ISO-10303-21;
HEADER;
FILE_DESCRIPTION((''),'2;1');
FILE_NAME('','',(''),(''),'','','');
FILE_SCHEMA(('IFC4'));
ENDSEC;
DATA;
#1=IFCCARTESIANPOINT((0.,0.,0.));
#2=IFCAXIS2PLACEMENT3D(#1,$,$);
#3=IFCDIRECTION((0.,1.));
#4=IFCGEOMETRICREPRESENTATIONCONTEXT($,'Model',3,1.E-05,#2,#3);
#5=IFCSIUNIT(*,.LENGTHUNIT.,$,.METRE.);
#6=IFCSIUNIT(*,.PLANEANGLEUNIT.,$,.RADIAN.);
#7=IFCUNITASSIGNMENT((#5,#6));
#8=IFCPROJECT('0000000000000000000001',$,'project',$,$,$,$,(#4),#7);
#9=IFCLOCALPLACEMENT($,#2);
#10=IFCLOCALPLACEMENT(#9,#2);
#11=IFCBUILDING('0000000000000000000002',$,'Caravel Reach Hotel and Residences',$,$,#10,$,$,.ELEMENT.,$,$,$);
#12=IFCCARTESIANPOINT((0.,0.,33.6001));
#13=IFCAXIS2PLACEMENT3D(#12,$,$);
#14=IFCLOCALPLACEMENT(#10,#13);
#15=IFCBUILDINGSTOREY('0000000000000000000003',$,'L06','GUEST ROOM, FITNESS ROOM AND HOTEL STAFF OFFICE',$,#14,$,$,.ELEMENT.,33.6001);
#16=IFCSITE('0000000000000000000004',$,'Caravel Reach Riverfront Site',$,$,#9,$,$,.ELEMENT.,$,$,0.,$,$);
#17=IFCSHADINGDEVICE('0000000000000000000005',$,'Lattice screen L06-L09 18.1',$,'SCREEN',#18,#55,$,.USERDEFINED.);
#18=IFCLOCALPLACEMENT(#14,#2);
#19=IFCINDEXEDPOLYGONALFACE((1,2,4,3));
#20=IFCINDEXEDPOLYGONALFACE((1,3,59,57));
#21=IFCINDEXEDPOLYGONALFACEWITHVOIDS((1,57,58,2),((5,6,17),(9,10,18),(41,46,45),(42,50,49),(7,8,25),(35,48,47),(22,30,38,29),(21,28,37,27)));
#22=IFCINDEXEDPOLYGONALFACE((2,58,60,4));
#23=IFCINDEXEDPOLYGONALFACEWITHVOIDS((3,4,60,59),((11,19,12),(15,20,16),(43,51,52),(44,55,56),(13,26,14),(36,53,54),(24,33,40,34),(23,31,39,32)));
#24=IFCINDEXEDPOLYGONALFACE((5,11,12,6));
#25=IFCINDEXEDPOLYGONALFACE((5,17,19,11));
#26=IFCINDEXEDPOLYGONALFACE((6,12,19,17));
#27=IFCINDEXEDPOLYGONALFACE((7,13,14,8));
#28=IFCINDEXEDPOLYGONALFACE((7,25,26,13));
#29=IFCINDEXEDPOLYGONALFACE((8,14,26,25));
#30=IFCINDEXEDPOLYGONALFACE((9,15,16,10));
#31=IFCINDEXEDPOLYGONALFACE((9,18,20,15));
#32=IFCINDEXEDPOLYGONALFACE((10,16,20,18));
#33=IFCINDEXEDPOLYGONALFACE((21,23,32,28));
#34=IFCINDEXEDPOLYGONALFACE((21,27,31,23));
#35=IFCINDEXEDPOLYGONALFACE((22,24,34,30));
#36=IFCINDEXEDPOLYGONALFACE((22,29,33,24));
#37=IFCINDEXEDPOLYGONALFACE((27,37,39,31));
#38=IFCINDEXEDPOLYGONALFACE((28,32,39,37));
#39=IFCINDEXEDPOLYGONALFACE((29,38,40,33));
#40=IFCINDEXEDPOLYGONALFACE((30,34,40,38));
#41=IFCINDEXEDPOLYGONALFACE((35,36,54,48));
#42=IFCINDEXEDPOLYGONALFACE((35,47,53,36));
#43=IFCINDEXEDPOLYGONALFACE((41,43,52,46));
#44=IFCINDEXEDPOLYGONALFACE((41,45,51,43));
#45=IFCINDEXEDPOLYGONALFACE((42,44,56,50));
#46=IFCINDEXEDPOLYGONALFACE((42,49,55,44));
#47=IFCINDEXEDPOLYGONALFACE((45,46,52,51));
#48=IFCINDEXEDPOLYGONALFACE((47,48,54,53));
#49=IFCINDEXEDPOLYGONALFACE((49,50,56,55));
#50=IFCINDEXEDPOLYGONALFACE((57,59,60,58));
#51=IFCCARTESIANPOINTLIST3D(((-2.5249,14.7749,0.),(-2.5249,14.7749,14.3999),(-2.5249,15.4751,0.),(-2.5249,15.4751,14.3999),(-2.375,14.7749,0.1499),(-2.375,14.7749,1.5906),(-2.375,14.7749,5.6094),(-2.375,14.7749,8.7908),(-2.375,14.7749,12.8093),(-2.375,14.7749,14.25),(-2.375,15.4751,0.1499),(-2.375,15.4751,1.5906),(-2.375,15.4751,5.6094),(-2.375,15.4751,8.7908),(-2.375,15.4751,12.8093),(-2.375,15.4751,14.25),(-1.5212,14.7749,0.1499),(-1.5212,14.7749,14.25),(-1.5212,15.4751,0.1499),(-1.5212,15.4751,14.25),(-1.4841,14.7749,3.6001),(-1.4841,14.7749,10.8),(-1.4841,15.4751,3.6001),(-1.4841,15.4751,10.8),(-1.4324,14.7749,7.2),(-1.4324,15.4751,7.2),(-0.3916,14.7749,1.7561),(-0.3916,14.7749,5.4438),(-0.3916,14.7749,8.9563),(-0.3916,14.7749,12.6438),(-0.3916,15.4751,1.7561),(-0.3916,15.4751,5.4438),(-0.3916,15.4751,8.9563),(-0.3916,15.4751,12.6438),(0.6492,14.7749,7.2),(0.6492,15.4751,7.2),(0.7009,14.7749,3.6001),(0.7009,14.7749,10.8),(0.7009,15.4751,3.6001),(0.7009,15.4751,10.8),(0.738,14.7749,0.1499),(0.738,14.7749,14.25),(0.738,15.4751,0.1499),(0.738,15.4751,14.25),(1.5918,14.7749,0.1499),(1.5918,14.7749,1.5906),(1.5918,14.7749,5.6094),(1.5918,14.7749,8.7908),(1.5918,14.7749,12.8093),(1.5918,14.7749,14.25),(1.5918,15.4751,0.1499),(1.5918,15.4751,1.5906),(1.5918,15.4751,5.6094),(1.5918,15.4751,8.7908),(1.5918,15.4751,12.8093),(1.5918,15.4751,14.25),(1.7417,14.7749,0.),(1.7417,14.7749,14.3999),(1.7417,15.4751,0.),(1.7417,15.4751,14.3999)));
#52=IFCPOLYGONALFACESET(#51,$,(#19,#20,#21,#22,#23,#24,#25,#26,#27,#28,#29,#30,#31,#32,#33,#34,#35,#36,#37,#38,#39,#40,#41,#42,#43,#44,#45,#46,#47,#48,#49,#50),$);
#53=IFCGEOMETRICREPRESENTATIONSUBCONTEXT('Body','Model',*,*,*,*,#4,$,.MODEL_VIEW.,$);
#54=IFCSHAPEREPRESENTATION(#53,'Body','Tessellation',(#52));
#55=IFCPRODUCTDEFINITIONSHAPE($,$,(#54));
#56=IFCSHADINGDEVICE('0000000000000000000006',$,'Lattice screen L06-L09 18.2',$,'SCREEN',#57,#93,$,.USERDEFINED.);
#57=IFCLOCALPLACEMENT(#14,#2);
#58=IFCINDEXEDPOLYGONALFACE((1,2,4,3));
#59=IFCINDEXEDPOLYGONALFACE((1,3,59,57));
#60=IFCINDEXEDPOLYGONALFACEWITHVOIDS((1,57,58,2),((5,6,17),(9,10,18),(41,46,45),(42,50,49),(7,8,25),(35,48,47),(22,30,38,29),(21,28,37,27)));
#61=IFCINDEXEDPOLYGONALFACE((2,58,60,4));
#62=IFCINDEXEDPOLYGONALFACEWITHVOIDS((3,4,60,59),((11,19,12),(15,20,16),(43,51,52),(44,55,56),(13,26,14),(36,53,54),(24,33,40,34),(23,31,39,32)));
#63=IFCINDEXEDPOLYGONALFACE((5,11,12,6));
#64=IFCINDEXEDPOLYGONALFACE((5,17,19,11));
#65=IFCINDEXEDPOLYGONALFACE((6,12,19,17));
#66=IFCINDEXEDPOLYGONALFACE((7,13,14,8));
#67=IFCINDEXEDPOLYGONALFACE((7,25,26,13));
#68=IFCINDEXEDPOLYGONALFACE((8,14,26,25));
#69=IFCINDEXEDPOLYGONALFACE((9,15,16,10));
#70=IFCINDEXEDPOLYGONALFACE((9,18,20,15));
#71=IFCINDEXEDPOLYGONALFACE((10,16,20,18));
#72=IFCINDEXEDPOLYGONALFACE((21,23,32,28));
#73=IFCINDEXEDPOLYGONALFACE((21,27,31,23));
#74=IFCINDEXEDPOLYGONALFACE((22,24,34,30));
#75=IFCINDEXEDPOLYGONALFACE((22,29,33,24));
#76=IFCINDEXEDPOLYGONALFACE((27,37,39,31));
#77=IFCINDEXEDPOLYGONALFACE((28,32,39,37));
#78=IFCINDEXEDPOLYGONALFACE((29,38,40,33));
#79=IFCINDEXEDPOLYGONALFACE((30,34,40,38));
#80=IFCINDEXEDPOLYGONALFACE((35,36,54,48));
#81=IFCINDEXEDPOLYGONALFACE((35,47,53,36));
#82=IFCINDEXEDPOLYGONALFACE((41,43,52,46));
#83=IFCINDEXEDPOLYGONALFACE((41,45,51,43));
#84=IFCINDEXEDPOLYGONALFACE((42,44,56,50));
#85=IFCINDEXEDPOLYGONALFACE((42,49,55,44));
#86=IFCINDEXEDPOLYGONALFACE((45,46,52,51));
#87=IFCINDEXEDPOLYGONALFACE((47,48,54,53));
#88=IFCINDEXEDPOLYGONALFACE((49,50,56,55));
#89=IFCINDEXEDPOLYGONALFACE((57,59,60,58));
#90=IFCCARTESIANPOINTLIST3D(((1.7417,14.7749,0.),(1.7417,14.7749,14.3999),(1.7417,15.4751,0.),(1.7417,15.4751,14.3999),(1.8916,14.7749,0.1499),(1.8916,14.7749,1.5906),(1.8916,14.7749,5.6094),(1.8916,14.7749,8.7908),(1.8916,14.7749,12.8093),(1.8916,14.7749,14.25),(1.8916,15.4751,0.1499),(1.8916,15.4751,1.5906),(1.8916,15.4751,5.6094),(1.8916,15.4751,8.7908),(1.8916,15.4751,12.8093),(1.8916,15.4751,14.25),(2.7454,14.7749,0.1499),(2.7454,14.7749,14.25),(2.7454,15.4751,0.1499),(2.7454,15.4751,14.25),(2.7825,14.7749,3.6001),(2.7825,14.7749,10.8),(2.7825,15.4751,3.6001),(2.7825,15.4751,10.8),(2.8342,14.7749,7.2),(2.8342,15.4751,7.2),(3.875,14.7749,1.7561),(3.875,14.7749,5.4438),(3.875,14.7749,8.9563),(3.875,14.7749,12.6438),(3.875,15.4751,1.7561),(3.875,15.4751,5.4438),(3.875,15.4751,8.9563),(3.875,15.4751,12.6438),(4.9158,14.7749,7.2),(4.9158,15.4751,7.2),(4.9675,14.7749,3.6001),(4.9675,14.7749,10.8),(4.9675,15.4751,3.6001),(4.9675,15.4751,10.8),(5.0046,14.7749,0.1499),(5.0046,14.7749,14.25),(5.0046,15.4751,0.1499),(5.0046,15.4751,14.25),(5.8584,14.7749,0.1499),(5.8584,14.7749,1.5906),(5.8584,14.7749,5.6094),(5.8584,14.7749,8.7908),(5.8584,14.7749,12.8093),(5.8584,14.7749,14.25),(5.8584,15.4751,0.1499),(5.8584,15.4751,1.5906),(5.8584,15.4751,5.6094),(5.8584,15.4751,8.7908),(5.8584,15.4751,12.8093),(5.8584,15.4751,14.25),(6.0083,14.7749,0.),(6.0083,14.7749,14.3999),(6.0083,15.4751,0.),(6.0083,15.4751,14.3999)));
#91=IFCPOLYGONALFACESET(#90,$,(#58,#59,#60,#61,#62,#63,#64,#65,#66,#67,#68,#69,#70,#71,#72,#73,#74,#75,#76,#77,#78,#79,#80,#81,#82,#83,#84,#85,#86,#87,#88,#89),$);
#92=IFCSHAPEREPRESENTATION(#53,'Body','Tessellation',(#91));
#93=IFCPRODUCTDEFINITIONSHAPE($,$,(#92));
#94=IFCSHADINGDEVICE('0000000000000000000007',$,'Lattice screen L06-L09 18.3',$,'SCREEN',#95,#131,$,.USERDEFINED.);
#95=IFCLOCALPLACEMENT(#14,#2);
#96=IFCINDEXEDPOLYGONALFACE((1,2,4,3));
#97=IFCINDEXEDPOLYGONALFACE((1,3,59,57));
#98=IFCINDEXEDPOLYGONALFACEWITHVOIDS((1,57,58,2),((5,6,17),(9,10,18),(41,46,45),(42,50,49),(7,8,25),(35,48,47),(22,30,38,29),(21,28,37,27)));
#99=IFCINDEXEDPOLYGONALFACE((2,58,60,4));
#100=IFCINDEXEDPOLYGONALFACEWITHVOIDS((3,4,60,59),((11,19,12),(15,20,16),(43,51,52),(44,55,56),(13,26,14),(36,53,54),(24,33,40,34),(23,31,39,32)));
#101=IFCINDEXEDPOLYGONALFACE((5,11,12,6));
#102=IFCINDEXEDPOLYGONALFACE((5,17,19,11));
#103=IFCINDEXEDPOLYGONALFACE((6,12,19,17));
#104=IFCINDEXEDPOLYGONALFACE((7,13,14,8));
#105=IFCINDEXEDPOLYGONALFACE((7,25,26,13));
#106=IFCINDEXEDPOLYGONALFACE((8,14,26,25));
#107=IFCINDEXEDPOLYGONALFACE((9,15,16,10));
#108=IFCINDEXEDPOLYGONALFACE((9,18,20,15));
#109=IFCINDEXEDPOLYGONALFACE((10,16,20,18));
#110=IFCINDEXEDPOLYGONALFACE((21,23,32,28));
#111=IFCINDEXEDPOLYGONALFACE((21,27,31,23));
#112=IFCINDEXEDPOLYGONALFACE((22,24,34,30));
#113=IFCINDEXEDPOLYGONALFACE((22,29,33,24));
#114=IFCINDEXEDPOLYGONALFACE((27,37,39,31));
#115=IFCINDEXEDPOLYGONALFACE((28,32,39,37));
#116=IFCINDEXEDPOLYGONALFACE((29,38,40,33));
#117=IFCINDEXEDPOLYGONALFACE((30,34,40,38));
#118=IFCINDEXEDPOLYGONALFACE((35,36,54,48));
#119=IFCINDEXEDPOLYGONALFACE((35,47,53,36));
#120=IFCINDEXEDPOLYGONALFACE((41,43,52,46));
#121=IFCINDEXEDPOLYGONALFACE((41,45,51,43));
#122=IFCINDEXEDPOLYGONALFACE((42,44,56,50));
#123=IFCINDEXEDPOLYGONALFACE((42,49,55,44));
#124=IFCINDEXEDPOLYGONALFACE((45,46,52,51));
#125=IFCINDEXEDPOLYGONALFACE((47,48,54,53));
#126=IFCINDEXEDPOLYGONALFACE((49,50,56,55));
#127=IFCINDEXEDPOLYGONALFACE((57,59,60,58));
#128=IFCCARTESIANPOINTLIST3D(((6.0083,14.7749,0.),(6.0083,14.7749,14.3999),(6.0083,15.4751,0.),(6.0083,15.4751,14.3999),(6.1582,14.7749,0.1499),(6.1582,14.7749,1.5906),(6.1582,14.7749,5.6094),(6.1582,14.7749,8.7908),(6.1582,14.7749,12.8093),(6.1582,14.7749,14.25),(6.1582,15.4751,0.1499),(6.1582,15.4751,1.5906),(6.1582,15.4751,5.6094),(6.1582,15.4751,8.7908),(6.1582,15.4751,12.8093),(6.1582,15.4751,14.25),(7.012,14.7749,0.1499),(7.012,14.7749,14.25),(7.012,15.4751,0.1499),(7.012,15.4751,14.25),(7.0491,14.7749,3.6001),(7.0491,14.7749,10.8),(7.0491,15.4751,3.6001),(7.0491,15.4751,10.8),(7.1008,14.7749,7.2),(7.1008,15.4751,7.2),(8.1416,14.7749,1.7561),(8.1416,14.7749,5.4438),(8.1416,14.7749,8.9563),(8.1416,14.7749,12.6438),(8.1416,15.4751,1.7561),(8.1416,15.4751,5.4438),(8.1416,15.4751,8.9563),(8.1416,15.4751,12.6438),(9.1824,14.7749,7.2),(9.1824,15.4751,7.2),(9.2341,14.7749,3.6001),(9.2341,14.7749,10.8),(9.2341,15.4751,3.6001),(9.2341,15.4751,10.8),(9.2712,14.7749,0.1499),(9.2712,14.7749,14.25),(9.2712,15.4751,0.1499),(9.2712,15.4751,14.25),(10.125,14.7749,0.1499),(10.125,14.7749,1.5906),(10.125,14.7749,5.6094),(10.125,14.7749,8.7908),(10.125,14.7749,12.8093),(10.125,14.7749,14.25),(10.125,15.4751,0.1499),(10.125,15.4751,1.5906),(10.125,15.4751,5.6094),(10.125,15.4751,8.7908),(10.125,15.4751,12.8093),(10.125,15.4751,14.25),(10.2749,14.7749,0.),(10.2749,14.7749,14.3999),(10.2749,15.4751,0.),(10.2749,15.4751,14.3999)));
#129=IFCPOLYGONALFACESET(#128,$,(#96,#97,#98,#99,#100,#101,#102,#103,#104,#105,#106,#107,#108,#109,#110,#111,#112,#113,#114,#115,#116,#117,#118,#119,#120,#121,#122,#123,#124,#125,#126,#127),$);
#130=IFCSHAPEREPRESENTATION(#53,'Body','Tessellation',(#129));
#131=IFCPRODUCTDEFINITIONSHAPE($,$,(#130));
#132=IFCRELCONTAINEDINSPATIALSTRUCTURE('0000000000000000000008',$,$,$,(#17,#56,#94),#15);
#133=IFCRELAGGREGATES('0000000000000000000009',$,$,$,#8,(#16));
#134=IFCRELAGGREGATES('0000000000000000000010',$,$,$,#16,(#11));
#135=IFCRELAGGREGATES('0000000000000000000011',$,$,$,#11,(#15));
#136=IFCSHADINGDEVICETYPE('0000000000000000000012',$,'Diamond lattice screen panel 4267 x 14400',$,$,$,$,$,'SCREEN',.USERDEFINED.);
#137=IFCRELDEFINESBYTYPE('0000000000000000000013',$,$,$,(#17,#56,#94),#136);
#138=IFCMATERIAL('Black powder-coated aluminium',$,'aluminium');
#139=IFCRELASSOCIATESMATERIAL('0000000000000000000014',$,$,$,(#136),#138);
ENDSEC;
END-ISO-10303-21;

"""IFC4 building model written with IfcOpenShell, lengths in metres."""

from ifc_helpers import new_model, si_unit, direction, frame, origin, place, context, subcontext, project, spatial, polyline, outline, extrude, material, type_object, element, save


model = new_model("IFC4")

# Units and contexts
model_context = context("Model", 3, precision=1e-05, world=origin(), true_north=direction((0.0, 1.0)))
body_context = subcontext(model_context, "Body", "Model", "MODEL_VIEW")
ifc_project = project(units=[si_unit("LENGTHUNIT", "METRE"), si_unit("PLANEANGLEUNIT", "RADIAN")], contexts=[model_context])

# Site, building, storey
site_placement = place(None, origin())
site = spatial("IfcSite", under=ifc_project, at=site_placement, Name="Caravel Reach Riverfront Site", CompositionType="ELEMENT", RefElevation=0.0)
building_placement = place(site_placement, origin())
building = spatial("IfcBuilding", under=site, at=building_placement, Name="Caravel Reach Hotel and Residences", CompositionType="ELEMENT")
storey_placement = place(building_placement, frame((0.0, 0.0, 33.6001)))
storey = spatial("IfcBuildingStorey", under=building, at=storey_placement, Name="L06", Description="GUEST ROOM, FITNESS ROOM AND HOTEL STAFF OFFICE", CompositionType="ELEMENT", Elevation=33.6001)

# Shading devices
ifc_material_1 = material(Name="Black powder-coated aluminium", Category="aluminium")
shading_device_type_1 = type_object("IfcShadingDeviceType", Name="Diamond lattice screen panel 4267 x 14400", ElementType="SCREEN", PredefinedType="USERDEFINED", material=ifc_material_1)
for number, where, z_axis, x_axis, name in (
    (1, (-2.5249, 15.4751, 0.0), (0.0, -1.0, 0.0), (1.0, 0.0, 0.0), "Lattice screen L06-L09 18.1"),
    (2, (1.7417, 15.4751, 0.0), (0.0, -1.0, 0.0), (1.0, 0.0, 0.0), "Lattice screen L06-L09 18.2"),
    (3, (6.0083, 15.4751, 0.0), (0.0, -1.0, 0.0), (1.0, 0.0, 0.0), "Lattice screen L06-L09 18.3"),
):
    element("IfcShadingDevice", number, at=place(storey_placement, frame(where, z_axis=z_axis, x_axis=x_axis)), inside=storey, type_object=shading_device_type_1, Name=name, ObjectType="SCREEN", PredefinedType="USERDEFINED", context=body_context, shape_type="SweptSolid", body=[
        extrude(outline(polyline([(0.0, 0.0), (4.2666, 0.0), (4.2666, 14.3999), (0.0, 14.3999), (0.0, 0.0)]), holes=[polyline([(1.0037, 0.1499), (0.1499, 1.5906), (0.1499, 0.1499), (1.0037, 0.1499)]), polyline([(1.0925, 7.2), (0.1499, 8.7908), (0.1499, 5.6094), (1.0925, 7.2)]), polyline([(0.1499, 12.8093), (1.0037, 14.25), (0.1499, 14.25), (0.1499, 12.8093)]), polyline([(2.1333, 5.4438), (1.0408, 3.6001), (2.1333, 1.7561), (3.2258, 3.6001), (2.1333, 5.4438)]), polyline([(2.1333, 12.6438), (1.0408, 10.8), (2.1333, 8.9563), (3.2258, 10.8), (2.1333, 12.6438)]), polyline([(4.1167, 1.5906), (3.2629, 0.1499), (4.1167, 0.1499), (4.1167, 1.5906)]), polyline([(3.1741, 7.2), (4.1167, 5.6094), (4.1167, 8.7908), (3.1741, 7.2)]), polyline([(3.2629, 14.25), (4.1167, 12.8093), (4.1167, 14.25), (3.2629, 14.25)])]), origin(), (0.0, 0.0, 1.0), 0.7002),
    ])

save(model, "model.ifc")
